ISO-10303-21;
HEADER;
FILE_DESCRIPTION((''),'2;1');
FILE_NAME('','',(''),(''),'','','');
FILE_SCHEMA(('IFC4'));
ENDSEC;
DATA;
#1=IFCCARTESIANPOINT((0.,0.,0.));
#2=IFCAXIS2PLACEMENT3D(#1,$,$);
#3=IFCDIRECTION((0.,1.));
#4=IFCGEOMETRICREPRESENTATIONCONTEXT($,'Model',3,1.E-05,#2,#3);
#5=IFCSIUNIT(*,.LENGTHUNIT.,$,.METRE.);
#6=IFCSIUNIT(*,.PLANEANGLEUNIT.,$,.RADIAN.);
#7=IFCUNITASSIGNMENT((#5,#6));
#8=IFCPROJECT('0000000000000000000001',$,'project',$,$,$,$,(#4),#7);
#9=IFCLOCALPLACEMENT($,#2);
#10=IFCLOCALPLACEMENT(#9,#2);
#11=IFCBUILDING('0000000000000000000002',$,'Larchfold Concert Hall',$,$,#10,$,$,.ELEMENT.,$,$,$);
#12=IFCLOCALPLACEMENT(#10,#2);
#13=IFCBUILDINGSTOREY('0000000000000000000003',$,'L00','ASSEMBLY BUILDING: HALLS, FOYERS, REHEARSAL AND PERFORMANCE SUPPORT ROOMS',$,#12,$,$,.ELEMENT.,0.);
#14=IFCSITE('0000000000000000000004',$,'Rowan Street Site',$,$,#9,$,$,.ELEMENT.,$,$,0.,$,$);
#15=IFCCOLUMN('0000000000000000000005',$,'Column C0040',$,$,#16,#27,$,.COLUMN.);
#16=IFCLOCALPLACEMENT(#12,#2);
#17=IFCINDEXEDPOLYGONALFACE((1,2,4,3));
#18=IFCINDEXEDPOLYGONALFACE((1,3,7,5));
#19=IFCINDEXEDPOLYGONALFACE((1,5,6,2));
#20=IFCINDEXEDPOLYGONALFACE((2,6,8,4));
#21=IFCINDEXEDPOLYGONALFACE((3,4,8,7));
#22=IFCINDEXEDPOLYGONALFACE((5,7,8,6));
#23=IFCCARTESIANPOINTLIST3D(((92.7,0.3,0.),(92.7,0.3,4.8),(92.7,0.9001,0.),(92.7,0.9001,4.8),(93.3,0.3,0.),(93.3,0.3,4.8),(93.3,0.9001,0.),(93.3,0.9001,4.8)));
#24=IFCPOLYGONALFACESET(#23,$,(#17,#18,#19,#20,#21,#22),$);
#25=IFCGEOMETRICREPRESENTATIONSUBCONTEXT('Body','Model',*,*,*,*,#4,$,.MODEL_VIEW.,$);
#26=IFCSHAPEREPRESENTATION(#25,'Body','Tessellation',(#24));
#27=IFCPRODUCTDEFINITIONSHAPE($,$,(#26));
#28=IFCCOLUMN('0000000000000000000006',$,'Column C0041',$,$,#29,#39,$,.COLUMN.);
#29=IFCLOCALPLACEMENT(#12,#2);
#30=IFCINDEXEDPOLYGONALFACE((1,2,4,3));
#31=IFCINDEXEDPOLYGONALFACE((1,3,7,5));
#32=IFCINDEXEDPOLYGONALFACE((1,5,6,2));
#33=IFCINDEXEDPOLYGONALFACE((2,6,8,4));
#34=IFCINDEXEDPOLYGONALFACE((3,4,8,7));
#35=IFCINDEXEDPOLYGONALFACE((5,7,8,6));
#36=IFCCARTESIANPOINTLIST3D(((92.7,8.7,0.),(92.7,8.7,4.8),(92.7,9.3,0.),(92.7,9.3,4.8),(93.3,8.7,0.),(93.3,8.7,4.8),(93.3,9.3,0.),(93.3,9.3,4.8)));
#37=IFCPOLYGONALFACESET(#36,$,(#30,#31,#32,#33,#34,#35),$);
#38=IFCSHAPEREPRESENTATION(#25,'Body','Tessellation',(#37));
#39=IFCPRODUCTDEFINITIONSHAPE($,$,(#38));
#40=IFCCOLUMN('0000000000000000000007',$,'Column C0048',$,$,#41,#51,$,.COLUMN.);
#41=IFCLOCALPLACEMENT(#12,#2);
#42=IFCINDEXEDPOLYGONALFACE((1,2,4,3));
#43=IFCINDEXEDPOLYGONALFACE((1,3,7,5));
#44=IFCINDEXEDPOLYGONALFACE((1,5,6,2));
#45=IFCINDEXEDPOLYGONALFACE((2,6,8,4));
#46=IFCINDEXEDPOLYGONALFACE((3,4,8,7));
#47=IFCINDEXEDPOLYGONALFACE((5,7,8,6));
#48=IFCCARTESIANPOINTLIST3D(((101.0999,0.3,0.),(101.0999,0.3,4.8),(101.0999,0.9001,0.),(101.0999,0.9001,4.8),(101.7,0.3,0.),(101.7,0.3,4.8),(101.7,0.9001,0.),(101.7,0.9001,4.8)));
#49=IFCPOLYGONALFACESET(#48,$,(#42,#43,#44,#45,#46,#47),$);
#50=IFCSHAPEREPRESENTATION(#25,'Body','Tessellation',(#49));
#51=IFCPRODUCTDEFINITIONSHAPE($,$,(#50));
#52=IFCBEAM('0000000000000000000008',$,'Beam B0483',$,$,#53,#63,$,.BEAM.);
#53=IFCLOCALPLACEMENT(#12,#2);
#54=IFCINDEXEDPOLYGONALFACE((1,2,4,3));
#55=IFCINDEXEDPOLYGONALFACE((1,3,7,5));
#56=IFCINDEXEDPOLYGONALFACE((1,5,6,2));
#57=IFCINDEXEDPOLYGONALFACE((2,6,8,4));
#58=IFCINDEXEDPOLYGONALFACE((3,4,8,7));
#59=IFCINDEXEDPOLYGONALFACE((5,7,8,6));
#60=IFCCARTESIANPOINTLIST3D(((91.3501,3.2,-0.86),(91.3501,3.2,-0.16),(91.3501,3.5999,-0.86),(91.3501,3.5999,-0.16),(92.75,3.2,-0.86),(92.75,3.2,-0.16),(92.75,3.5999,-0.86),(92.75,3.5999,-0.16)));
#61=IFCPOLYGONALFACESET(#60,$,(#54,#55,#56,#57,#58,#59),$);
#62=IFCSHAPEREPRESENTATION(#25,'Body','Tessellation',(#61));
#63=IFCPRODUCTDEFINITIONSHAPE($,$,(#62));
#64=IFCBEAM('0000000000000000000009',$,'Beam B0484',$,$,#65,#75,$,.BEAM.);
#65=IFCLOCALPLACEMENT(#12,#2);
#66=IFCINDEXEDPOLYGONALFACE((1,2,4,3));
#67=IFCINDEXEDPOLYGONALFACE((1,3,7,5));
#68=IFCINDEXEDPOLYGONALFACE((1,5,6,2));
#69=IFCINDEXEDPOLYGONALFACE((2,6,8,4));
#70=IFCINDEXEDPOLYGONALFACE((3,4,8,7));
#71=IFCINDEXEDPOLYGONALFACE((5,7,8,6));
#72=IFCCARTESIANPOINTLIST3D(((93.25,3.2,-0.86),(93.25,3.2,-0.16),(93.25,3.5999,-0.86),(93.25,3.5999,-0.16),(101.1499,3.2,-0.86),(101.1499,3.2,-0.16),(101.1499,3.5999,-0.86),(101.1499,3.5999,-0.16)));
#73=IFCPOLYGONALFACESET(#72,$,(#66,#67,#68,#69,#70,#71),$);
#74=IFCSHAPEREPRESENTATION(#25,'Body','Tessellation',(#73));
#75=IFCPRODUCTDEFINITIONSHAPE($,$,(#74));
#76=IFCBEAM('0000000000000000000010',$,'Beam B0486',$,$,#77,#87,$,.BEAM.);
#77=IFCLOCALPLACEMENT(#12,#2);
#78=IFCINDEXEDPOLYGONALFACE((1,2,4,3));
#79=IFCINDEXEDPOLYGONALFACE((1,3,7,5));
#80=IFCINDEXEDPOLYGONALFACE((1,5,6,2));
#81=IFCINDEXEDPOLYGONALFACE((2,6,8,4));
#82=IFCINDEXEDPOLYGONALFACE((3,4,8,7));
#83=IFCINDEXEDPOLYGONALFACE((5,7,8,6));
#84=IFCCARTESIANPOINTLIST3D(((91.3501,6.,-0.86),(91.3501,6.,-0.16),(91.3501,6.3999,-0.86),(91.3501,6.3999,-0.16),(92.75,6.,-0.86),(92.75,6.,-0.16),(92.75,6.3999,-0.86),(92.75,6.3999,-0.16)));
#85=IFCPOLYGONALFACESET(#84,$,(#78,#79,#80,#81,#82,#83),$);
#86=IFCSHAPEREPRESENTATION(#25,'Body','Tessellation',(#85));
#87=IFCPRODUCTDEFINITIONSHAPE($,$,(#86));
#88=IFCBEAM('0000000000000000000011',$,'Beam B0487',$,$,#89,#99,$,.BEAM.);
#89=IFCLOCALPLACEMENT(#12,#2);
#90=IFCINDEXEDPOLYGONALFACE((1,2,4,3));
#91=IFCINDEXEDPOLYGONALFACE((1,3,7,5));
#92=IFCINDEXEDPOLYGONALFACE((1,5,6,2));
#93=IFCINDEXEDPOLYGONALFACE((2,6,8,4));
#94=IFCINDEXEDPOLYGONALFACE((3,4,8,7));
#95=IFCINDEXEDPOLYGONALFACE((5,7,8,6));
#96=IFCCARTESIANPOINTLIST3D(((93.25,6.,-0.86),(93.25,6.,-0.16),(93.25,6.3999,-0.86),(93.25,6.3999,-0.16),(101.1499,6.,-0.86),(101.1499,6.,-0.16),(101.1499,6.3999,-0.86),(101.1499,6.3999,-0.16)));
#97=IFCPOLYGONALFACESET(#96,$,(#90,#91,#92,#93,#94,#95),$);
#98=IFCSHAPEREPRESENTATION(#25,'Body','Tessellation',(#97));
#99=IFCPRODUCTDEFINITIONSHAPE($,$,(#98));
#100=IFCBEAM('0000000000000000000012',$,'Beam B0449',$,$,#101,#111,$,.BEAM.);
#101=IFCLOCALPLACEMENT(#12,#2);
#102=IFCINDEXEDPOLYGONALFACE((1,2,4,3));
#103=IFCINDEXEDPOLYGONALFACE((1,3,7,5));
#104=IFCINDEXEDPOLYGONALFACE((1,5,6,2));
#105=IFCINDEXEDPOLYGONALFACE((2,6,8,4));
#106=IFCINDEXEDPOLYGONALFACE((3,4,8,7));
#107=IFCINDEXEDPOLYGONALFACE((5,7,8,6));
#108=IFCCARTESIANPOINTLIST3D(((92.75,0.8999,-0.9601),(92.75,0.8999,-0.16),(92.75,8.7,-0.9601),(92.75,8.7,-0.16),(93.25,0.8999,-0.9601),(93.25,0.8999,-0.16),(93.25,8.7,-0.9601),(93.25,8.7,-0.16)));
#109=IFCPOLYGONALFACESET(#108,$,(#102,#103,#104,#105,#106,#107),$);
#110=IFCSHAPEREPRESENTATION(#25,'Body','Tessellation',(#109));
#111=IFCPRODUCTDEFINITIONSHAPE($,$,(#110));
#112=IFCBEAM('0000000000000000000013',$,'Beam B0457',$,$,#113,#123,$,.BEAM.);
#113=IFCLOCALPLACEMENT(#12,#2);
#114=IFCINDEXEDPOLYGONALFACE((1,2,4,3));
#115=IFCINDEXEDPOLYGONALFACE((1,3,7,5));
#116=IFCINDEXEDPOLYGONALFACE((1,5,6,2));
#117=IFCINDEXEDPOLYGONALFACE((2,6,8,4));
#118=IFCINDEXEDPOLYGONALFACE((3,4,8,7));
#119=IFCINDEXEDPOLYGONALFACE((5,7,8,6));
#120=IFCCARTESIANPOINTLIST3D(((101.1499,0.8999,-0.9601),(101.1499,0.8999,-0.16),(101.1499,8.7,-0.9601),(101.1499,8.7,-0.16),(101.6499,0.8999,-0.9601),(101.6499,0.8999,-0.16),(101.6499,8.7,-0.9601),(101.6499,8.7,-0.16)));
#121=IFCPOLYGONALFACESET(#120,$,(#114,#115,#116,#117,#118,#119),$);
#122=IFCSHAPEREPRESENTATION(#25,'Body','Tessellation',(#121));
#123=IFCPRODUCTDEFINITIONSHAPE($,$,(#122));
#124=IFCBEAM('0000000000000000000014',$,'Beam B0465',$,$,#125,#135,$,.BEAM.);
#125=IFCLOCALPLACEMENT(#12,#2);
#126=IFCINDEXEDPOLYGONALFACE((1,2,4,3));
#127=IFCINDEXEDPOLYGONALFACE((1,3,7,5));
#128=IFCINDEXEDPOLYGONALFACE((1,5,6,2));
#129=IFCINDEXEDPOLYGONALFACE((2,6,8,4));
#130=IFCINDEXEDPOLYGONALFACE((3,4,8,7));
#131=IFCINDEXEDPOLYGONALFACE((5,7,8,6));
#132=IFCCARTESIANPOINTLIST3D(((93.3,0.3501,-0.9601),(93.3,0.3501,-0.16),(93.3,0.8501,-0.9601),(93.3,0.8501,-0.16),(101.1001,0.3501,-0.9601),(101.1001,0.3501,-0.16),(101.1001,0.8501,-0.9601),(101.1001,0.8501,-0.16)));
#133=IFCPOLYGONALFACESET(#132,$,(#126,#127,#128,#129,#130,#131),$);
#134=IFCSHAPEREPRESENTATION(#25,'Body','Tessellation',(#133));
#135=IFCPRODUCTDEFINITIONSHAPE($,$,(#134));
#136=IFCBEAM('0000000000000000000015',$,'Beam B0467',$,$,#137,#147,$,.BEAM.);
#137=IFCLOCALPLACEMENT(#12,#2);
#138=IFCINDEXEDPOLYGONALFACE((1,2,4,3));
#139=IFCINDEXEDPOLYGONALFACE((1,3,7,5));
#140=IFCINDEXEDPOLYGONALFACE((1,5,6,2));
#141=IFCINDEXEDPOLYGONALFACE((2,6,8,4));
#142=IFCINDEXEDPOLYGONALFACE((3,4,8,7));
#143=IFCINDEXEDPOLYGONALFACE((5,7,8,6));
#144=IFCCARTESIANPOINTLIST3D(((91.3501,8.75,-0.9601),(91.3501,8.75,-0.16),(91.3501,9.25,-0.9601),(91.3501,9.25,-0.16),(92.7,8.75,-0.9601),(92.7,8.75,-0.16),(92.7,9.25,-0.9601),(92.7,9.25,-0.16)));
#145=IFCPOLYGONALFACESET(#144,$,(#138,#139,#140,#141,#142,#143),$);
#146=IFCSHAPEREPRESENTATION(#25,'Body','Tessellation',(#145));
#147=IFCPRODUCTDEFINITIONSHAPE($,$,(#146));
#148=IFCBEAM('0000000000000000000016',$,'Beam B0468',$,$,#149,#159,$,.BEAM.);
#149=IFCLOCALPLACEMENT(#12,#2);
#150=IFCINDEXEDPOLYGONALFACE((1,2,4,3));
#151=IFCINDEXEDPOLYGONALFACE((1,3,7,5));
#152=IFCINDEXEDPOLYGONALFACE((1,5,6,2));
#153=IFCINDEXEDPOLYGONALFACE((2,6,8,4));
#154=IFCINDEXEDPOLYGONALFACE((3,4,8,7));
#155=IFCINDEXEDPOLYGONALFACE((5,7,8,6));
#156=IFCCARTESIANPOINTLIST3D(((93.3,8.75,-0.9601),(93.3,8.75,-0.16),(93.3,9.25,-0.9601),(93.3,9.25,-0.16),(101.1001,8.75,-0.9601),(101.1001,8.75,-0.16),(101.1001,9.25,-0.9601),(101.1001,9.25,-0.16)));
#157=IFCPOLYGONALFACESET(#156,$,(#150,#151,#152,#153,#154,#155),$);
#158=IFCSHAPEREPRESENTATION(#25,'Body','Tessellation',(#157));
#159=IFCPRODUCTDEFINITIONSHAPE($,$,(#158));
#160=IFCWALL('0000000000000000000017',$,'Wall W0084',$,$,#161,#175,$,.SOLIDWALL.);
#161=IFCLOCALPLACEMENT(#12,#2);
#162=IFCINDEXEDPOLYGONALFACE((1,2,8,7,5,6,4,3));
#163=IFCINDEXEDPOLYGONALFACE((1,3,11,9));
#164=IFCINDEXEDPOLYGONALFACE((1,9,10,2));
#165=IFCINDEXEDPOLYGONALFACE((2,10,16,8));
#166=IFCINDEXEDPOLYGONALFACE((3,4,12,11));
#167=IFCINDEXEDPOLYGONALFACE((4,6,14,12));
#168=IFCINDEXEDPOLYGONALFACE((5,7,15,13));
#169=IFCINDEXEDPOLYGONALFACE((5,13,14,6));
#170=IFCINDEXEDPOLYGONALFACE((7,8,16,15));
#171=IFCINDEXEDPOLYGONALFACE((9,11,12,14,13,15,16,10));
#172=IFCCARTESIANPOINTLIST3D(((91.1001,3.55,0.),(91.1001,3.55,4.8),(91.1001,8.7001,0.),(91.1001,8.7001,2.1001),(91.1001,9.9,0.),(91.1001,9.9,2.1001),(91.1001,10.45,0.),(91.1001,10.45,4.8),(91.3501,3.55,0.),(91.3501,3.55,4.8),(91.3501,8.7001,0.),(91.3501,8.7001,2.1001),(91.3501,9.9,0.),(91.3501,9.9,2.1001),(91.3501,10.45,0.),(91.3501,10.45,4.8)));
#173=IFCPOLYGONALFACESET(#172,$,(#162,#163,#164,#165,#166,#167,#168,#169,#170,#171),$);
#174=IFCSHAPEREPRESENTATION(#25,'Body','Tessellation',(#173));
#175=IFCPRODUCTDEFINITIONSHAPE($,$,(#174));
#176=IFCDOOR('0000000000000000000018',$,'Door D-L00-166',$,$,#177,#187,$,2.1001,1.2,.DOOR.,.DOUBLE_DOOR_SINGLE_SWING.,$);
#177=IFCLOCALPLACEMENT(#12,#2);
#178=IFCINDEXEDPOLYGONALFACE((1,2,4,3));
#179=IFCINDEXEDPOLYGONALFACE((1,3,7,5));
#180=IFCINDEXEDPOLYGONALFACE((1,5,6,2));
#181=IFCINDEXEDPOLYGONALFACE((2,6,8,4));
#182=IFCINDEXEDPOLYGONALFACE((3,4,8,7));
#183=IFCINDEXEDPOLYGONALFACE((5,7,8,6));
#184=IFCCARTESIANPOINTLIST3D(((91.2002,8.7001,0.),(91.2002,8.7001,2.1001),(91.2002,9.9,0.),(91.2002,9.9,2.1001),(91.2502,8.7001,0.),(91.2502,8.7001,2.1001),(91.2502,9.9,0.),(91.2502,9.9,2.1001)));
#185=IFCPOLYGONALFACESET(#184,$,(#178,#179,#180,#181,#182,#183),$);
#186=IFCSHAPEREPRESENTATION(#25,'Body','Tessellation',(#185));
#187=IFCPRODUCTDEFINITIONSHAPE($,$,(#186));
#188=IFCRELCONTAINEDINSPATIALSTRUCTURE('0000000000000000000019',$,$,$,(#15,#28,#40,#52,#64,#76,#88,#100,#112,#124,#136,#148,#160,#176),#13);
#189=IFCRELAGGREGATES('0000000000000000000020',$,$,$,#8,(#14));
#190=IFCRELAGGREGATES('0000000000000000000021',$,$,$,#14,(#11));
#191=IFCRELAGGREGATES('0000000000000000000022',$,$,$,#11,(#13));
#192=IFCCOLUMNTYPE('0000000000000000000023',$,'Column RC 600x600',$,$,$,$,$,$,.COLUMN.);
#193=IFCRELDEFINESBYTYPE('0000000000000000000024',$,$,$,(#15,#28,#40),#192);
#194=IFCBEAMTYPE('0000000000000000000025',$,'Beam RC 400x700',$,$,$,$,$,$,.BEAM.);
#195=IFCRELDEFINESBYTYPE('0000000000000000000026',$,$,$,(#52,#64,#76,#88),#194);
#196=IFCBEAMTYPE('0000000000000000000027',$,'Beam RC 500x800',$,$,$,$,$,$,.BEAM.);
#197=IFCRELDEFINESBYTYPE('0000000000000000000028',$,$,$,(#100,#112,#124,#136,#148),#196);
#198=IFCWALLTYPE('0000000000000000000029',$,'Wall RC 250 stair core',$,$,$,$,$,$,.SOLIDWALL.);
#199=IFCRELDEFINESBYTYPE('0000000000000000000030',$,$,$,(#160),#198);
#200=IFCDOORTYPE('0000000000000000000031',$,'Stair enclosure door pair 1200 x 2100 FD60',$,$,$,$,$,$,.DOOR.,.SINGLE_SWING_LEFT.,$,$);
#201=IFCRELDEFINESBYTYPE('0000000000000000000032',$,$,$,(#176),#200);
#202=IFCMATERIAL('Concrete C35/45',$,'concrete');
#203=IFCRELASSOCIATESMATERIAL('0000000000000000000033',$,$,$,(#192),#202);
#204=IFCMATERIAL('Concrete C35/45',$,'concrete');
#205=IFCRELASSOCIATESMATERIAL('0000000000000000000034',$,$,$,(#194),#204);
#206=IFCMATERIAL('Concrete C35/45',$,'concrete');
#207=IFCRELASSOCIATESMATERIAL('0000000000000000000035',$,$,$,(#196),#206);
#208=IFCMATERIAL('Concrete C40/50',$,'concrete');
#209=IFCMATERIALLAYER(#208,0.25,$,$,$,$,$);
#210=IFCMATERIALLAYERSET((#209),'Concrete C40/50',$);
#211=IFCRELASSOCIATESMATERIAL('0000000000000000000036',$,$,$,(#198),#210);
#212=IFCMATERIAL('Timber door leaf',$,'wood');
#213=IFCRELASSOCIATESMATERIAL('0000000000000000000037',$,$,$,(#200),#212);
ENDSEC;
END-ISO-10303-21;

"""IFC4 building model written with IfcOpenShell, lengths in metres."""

from ifc_helpers import new_model, si_unit, direction, frame, frame_2d, origin, origin_2d, place, context, subcontext, project, spatial, rectangle, extrude, material, layer, layer_set, material_profile, profile_set, type_object, element, fill, save


model = new_model("IFC4")

# Units and contexts
model_context = context("Model", 3, precision=1e-05, world=origin(), true_north=direction((0.0, 1.0)))
body_context = subcontext(model_context, "Body", "Model", "MODEL_VIEW")
ifc_project = project(units=[si_unit("LENGTHUNIT", "METRE"), si_unit("PLANEANGLEUNIT", "RADIAN")], contexts=[model_context])

# Site, building, storey
site_placement = place(None, origin())
site = spatial("IfcSite", under=ifc_project, at=site_placement, Name="Rowan Street Site", CompositionType="ELEMENT", RefElevation=0.0)
building_placement = place(site_placement, origin())
building = spatial("IfcBuilding", under=site, at=building_placement, Name="Larchfold Concert Hall", CompositionType="ELEMENT")
storey_placement = place(building_placement, origin())
storey = spatial("IfcBuildingStorey", under=building, at=storey_placement, Name="L00", Description="ASSEMBLY BUILDING: HALLS, FOYERS, REHEARSAL AND PERFORMANCE SUPPORT ROOMS", CompositionType="ELEMENT", Elevation=0.0)

# Columns
ifc_material_1 = material(Name="Concrete C35/45", Category="concrete")
ifc_material_profile_1 = material_profile(ifc_material_1, rectangle(XDim=0.6001, YDim=0.6001, at=origin_2d()))
ifc_profile_set_1 = profile_set([ifc_material_profile_1], Name="Concrete C35/45")
column_type = type_object("IfcColumnType", Name="Column RC 600x600", PredefinedType="COLUMN", material=ifc_profile_set_1)
for number, where, z_axis, x_axis, name in (
    (1, (93.0, 0.6001, 0.0), (0.0, 0.0, 1.0), (1.0, 0.0, 0.0), "Column C0040"),
    (2, (93.0, 9.0, 0.0), (0.0, 0.0, 1.0), (1.0, 0.0, 0.0), "Column C0041"),
    (3, (101.3999, 0.6001, 0.0), (0.0, 0.0, 1.0), (1.0, 0.0, 0.0), "Column C0048"),
):
    element("IfcColumn", number, at=place(storey_placement, frame(where, z_axis=z_axis, x_axis=x_axis)), inside=storey, type_object=column_type, Name=name, PredefinedType="COLUMN", context=body_context, shape_type="SweptSolid", body=[
        extrude(rectangle(XDim=0.6001, YDim=0.6001, at=origin_2d()), origin(), (0.0, 0.0, 1.0), 4.8),
    ])

# Beams
ifc_material_2 = material(Name="Concrete C35/45", Category="concrete")
ifc_material_profile_2 = material_profile(ifc_material_2, rectangle(XDim=0.3999, YDim=0.7, at=origin_2d()))
ifc_profile_set_2 = profile_set([ifc_material_profile_2], Name="Concrete C35/45")
beam_type_1 = type_object("IfcBeamType", Name="Beam RC 400x700", PredefinedType="BEAM", material=ifc_profile_set_2)
beam_1_placement = place(storey_placement, frame((91.3501, 3.3999, -0.51), z_axis=(1.0, 0.0, 0.0), x_axis=(0.0, 1.0, 0.0)))
element("IfcBeam", 4, at=beam_1_placement, inside=storey, type_object=beam_type_1, Name="Beam B0483", PredefinedType="BEAM", context=body_context, shape_type="SweptSolid", body=[
    extrude(rectangle(XDim=0.3999, YDim=0.7, at=origin_2d()), origin(), (0.0, 0.0, 1.0), 1.3999),
])
beam_2_placement = place(storey_placement, frame((93.25, 3.3999, -0.51), z_axis=(1.0, 0.0, 0.0), x_axis=(0.0, 1.0, 0.0)))
element("IfcBeam", 5, at=beam_2_placement, inside=storey, type_object=beam_type_1, Name="Beam B0484", PredefinedType="BEAM", context=body_context, shape_type="SweptSolid", body=[
    extrude(rectangle(XDim=0.3999, YDim=0.7, at=origin_2d()), origin(), (0.0, 0.0, 1.0), 7.8999),
])
beam_3_placement = place(storey_placement, frame((91.3501, 6.2, -0.51), z_axis=(1.0, 0.0, 0.0), x_axis=(0.0, 1.0, 0.0)))
element("IfcBeam", 6, at=beam_3_placement, inside=storey, type_object=beam_type_1, Name="Beam B0486", PredefinedType="BEAM", context=body_context, shape_type="SweptSolid", body=[
    extrude(rectangle(XDim=0.3999, YDim=0.7, at=origin_2d()), origin(), (0.0, 0.0, 1.0), 1.3999),
])
beam_4_placement = place(storey_placement, frame((93.25, 6.2, -0.51), z_axis=(1.0, 0.0, 0.0), x_axis=(0.0, 1.0, 0.0)))
element("IfcBeam", 7, at=beam_4_placement, inside=storey, type_object=beam_type_1, Name="Beam B0487", PredefinedType="BEAM", context=body_context, shape_type="SweptSolid", body=[
    extrude(rectangle(XDim=0.3999, YDim=0.7, at=origin_2d()), origin(), (0.0, 0.0, 1.0), 7.8999),
])
ifc_material_3 = material(Name="Concrete C35/45", Category="concrete")
ifc_material_profile_3 = material_profile(ifc_material_3, rectangle(XDim=0.5, YDim=0.8, at=origin_2d()))
ifc_profile_set_3 = profile_set([ifc_material_profile_3], Name="Concrete C35/45")
beam_type_2 = type_object("IfcBeamType", Name="Beam RC 500x800", PredefinedType="BEAM", material=ifc_profile_set_3)
for number, where, z_axis, x_axis, name in (
    (8, (93.0, 0.8999, -0.5601), (0.0, 1.0, 0.0), (-1.0, 0.0, 0.0), "Beam B0449"),
    (9, (101.3999, 0.8999, -0.5601), (0.0, 1.0, 0.0), (-1.0, 0.0, 0.0), "Beam B0457"),
    (10, (93.3, 0.6001, -0.5601), (1.0, 0.0, 0.0), (0.0, 1.0, 0.0), "Beam B0465"),
):
    element("IfcBeam", number, at=place(storey_placement, frame(where, z_axis=z_axis, x_axis=x_axis)), inside=storey, type_object=beam_type_2, Name=name, PredefinedType="BEAM", context=body_context, shape_type="SweptSolid", body=[
        extrude(rectangle(XDim=0.5, YDim=0.8, at=origin_2d()), origin(), (0.0, 0.0, 1.0), 7.8),
    ])
beam_5_placement = place(storey_placement, frame((91.3501, 9.0, -0.5601), z_axis=(1.0, 0.0, 0.0), x_axis=(0.0, 1.0, 0.0)))
element("IfcBeam", 11, at=beam_5_placement, inside=storey, type_object=beam_type_2, Name="Beam B0467", PredefinedType="BEAM", context=body_context, shape_type="SweptSolid", body=[
    extrude(rectangle(XDim=0.5, YDim=0.8, at=origin_2d()), origin(), (0.0, 0.0, 1.0), 1.3499),
])
beam_6_placement = place(storey_placement, frame((93.3, 9.0, -0.5601), z_axis=(1.0, 0.0, 0.0), x_axis=(0.0, 1.0, 0.0)))
element("IfcBeam", 12, at=beam_6_placement, inside=storey, type_object=beam_type_2, Name="Beam B0468", PredefinedType="BEAM", context=body_context, shape_type="SweptSolid", body=[
    extrude(rectangle(XDim=0.5, YDim=0.8, at=origin_2d()), origin(), (0.0, 0.0, 1.0), 7.8),
])

# Wall, opening, door
ifc_material_4 = material(Name="Concrete C40/50", Category="concrete")
ifc_layer_1 = layer(ifc_material_4, 0.25)
ifc_layer_set_1 = layer_set([ifc_layer_1], Name="Concrete C40/50")
wall_type_1 = type_object("IfcWallType", Name="Wall RC 250 stair core", PredefinedType="SOLIDWALL", material=ifc_layer_set_1)
wall_1_placement = place(storey_placement, frame((91.2251, 3.55, 0.0), z_axis=(0.0, 0.0, 1.0), x_axis=(0.0, 1.0, 0.0)))
wall_1 = element("IfcWall", 13, at=wall_1_placement, inside=storey, type_object=wall_type_1, Name="Wall W0084", PredefinedType="SOLIDWALL", context=body_context, shape_type="SweptSolid", body=[
    extrude(rectangle(XDim=6.8999, YDim=0.25, at=frame_2d((3.45, 0.0))), origin(), (0.0, 0.0, 1.0), 4.8),
])
opening_1_placement = place(wall_1_placement, frame((5.1499, 0.0, 0.0)))
opening_1 = element("IfcOpeningElement", 14, at=opening_1_placement, cuts=wall_1, PredefinedType="OPENING", context=body_context, shape_type="SweptSolid", body=[
    extrude(rectangle(XDim=1.2, YDim=2.1001, at=frame_2d((0.6001, 1.05))), frame((0.0, 0.135, 0.0), z_axis=(0.0, -1.0, 0.0), x_axis=(1.0, 0.0, 0.0)), (0.0, 0.0, 1.0), 0.27),
])
ifc_material_5 = material(Name="Timber door leaf", Category="wood")
door_type = type_object("IfcDoorType", Name="Stair enclosure door pair 1200 x 2100 FD60", OperationType="SINGLE_SWING_LEFT", PredefinedType="DOOR", material=ifc_material_5)
door_placement = place(opening_1_placement, origin())
door = element("IfcDoor", 15, at=door_placement, inside=storey, type_object=door_type, Name="Door D-L00-166", OperationType="DOUBLE_DOOR_SINGLE_SWING", OverallHeight=2.1001, OverallWidth=1.2, PredefinedType="DOOR", context=body_context, shape_type="SweptSolid", body=[
    extrude(rectangle(XDim=1.2, YDim=2.1001, at=frame_2d((0.6001, 1.05))), frame((0.0, 0.0249, 0.0), z_axis=(0.0, -1.0, 0.0), x_axis=(1.0, 0.0, 0.0)), (0.0, 0.0, 1.0), 0.05),
])
fill(opening_1, door)

save(model, "model.ifc")
